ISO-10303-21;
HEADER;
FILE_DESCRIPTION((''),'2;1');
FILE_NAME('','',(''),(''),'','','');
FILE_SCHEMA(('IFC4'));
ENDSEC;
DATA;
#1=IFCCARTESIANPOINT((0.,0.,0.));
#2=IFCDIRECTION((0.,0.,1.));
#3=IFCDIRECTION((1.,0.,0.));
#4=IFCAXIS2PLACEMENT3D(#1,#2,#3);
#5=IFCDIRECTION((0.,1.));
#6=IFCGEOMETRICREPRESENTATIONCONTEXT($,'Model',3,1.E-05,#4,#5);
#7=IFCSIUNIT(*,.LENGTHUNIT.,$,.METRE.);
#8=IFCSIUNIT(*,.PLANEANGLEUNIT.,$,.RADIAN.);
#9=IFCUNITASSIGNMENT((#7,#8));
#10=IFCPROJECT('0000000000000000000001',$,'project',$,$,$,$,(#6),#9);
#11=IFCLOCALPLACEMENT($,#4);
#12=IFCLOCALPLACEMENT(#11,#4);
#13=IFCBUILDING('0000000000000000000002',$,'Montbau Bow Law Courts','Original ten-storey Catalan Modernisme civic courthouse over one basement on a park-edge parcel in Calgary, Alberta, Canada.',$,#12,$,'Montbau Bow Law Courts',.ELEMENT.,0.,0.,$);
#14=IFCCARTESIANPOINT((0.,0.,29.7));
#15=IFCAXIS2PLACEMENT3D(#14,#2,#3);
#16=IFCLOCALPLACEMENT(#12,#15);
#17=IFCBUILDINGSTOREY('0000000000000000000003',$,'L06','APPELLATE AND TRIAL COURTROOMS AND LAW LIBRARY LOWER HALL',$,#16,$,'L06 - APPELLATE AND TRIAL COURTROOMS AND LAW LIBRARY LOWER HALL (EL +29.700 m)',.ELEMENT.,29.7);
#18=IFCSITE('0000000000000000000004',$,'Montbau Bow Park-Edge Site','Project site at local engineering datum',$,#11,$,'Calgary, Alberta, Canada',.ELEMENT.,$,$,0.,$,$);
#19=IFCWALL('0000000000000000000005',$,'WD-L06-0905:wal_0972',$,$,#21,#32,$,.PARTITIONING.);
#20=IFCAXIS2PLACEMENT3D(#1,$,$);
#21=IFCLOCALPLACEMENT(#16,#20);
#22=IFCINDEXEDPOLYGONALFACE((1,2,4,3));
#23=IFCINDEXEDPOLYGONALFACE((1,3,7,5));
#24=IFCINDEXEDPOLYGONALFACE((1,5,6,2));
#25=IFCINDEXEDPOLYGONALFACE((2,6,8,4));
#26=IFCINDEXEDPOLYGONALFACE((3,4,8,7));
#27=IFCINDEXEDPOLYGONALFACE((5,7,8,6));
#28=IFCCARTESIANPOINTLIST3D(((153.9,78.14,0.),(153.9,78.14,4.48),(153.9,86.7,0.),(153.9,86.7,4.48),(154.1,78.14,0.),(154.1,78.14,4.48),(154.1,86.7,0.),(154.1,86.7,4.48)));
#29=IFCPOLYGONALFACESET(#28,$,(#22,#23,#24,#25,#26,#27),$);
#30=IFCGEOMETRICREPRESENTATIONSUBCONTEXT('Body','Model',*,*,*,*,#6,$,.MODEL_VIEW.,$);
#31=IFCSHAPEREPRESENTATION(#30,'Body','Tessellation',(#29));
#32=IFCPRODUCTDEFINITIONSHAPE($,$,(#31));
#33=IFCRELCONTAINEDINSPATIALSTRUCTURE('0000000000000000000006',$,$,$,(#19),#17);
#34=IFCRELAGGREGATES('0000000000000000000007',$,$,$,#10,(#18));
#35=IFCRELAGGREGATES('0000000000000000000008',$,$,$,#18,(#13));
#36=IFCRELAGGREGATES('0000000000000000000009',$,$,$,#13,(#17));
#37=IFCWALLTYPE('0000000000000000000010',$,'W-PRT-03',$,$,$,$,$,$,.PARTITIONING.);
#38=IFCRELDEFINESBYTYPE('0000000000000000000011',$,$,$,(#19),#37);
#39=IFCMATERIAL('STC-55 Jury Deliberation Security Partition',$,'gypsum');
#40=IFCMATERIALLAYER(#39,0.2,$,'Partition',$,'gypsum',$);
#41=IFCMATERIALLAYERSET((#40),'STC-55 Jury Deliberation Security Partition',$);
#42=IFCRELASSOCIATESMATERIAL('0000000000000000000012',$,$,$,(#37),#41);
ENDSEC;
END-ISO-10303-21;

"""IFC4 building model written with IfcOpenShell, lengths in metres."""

from ifc_helpers import new_model, si_unit, direction, frame, frame_2d, origin_with_axes, place, context, subcontext, project, spatial, rectangle, extrude, material, layer, layer_set, type_object, element, save


model = new_model("IFC4")

# Units and contexts
model_context = context("Model", 3, precision=1e-05, world=origin_with_axes(), true_north=direction((0.0, 1.0)))
body_context = subcontext(model_context, "Body", "Model", "MODEL_VIEW")
ifc_project = project(units=[si_unit("LENGTHUNIT", "METRE"), si_unit("PLANEANGLEUNIT", "RADIAN")], contexts=[model_context])

# Site, building, storey
site_placement = place(None, origin_with_axes())
site = spatial("IfcSite", under=ifc_project, at=site_placement, Name="Montbau Bow Park-Edge Site", Description="Project site at local engineering datum", LongName="Calgary, Alberta, Canada", CompositionType="ELEMENT", RefElevation=0.0)
building_placement = place(site_placement, origin_with_axes())
building = spatial("IfcBuilding", under=site, at=building_placement, Name="Montbau Bow Law Courts", Description="Original ten-storey Catalan Modernisme civic courthouse over one basement on a park-edge parcel in Calgary, Alberta, Canada.", LongName="Montbau Bow Law Courts", CompositionType="ELEMENT", ElevationOfRefHeight=0.0, ElevationOfTerrain=0.0)
storey_placement = place(building_placement, frame((0.0, 0.0, 29.7), z_axis=(0.0, 0.0, 1.0), x_axis=(1.0, 0.0, 0.0)))
storey = spatial("IfcBuildingStorey", under=building, at=storey_placement, Name="L06", Description="APPELLATE AND TRIAL COURTROOMS AND LAW LIBRARY LOWER HALL", LongName="L06 - APPELLATE AND TRIAL COURTROOMS AND LAW LIBRARY LOWER HALL (EL +29.700 m)", CompositionType="ELEMENT", Elevation=29.7)

# Wall
ifc_material_1 = material(Name="STC-55 Jury Deliberation Security Partition", Category="gypsum")
ifc_layer_1 = layer(ifc_material_1, 0.2, Name="Partition", Category="gypsum")
ifc_layer_set_1 = layer_set([ifc_layer_1], Name="STC-55 Jury Deliberation Security Partition")
wall_type = type_object("IfcWallType", Name="W-PRT-03", PredefinedType="PARTITIONING", material=ifc_layer_set_1)
wall_placement = place(None, frame((154.0, 78.14, 29.7), z_axis=(0.0, 0.0, 1.0), x_axis=(0.0, 1.0, 0.0)))
element("IfcWall", 1, at=wall_placement, inside=storey, type_object=wall_type, Name="WD-L06-0905:wal_0972", PredefinedType="PARTITIONING", context=body_context, shape_type="SweptSolid", body=[
    extrude(rectangle(XDim=8.56, YDim=0.2, at=frame_2d((4.28, 0.0), x_axis=(1.0, 0.0))), origin_with_axes(), (0.0, 0.0, 1.0), 4.48),
])

save(model, "model.ifc")
